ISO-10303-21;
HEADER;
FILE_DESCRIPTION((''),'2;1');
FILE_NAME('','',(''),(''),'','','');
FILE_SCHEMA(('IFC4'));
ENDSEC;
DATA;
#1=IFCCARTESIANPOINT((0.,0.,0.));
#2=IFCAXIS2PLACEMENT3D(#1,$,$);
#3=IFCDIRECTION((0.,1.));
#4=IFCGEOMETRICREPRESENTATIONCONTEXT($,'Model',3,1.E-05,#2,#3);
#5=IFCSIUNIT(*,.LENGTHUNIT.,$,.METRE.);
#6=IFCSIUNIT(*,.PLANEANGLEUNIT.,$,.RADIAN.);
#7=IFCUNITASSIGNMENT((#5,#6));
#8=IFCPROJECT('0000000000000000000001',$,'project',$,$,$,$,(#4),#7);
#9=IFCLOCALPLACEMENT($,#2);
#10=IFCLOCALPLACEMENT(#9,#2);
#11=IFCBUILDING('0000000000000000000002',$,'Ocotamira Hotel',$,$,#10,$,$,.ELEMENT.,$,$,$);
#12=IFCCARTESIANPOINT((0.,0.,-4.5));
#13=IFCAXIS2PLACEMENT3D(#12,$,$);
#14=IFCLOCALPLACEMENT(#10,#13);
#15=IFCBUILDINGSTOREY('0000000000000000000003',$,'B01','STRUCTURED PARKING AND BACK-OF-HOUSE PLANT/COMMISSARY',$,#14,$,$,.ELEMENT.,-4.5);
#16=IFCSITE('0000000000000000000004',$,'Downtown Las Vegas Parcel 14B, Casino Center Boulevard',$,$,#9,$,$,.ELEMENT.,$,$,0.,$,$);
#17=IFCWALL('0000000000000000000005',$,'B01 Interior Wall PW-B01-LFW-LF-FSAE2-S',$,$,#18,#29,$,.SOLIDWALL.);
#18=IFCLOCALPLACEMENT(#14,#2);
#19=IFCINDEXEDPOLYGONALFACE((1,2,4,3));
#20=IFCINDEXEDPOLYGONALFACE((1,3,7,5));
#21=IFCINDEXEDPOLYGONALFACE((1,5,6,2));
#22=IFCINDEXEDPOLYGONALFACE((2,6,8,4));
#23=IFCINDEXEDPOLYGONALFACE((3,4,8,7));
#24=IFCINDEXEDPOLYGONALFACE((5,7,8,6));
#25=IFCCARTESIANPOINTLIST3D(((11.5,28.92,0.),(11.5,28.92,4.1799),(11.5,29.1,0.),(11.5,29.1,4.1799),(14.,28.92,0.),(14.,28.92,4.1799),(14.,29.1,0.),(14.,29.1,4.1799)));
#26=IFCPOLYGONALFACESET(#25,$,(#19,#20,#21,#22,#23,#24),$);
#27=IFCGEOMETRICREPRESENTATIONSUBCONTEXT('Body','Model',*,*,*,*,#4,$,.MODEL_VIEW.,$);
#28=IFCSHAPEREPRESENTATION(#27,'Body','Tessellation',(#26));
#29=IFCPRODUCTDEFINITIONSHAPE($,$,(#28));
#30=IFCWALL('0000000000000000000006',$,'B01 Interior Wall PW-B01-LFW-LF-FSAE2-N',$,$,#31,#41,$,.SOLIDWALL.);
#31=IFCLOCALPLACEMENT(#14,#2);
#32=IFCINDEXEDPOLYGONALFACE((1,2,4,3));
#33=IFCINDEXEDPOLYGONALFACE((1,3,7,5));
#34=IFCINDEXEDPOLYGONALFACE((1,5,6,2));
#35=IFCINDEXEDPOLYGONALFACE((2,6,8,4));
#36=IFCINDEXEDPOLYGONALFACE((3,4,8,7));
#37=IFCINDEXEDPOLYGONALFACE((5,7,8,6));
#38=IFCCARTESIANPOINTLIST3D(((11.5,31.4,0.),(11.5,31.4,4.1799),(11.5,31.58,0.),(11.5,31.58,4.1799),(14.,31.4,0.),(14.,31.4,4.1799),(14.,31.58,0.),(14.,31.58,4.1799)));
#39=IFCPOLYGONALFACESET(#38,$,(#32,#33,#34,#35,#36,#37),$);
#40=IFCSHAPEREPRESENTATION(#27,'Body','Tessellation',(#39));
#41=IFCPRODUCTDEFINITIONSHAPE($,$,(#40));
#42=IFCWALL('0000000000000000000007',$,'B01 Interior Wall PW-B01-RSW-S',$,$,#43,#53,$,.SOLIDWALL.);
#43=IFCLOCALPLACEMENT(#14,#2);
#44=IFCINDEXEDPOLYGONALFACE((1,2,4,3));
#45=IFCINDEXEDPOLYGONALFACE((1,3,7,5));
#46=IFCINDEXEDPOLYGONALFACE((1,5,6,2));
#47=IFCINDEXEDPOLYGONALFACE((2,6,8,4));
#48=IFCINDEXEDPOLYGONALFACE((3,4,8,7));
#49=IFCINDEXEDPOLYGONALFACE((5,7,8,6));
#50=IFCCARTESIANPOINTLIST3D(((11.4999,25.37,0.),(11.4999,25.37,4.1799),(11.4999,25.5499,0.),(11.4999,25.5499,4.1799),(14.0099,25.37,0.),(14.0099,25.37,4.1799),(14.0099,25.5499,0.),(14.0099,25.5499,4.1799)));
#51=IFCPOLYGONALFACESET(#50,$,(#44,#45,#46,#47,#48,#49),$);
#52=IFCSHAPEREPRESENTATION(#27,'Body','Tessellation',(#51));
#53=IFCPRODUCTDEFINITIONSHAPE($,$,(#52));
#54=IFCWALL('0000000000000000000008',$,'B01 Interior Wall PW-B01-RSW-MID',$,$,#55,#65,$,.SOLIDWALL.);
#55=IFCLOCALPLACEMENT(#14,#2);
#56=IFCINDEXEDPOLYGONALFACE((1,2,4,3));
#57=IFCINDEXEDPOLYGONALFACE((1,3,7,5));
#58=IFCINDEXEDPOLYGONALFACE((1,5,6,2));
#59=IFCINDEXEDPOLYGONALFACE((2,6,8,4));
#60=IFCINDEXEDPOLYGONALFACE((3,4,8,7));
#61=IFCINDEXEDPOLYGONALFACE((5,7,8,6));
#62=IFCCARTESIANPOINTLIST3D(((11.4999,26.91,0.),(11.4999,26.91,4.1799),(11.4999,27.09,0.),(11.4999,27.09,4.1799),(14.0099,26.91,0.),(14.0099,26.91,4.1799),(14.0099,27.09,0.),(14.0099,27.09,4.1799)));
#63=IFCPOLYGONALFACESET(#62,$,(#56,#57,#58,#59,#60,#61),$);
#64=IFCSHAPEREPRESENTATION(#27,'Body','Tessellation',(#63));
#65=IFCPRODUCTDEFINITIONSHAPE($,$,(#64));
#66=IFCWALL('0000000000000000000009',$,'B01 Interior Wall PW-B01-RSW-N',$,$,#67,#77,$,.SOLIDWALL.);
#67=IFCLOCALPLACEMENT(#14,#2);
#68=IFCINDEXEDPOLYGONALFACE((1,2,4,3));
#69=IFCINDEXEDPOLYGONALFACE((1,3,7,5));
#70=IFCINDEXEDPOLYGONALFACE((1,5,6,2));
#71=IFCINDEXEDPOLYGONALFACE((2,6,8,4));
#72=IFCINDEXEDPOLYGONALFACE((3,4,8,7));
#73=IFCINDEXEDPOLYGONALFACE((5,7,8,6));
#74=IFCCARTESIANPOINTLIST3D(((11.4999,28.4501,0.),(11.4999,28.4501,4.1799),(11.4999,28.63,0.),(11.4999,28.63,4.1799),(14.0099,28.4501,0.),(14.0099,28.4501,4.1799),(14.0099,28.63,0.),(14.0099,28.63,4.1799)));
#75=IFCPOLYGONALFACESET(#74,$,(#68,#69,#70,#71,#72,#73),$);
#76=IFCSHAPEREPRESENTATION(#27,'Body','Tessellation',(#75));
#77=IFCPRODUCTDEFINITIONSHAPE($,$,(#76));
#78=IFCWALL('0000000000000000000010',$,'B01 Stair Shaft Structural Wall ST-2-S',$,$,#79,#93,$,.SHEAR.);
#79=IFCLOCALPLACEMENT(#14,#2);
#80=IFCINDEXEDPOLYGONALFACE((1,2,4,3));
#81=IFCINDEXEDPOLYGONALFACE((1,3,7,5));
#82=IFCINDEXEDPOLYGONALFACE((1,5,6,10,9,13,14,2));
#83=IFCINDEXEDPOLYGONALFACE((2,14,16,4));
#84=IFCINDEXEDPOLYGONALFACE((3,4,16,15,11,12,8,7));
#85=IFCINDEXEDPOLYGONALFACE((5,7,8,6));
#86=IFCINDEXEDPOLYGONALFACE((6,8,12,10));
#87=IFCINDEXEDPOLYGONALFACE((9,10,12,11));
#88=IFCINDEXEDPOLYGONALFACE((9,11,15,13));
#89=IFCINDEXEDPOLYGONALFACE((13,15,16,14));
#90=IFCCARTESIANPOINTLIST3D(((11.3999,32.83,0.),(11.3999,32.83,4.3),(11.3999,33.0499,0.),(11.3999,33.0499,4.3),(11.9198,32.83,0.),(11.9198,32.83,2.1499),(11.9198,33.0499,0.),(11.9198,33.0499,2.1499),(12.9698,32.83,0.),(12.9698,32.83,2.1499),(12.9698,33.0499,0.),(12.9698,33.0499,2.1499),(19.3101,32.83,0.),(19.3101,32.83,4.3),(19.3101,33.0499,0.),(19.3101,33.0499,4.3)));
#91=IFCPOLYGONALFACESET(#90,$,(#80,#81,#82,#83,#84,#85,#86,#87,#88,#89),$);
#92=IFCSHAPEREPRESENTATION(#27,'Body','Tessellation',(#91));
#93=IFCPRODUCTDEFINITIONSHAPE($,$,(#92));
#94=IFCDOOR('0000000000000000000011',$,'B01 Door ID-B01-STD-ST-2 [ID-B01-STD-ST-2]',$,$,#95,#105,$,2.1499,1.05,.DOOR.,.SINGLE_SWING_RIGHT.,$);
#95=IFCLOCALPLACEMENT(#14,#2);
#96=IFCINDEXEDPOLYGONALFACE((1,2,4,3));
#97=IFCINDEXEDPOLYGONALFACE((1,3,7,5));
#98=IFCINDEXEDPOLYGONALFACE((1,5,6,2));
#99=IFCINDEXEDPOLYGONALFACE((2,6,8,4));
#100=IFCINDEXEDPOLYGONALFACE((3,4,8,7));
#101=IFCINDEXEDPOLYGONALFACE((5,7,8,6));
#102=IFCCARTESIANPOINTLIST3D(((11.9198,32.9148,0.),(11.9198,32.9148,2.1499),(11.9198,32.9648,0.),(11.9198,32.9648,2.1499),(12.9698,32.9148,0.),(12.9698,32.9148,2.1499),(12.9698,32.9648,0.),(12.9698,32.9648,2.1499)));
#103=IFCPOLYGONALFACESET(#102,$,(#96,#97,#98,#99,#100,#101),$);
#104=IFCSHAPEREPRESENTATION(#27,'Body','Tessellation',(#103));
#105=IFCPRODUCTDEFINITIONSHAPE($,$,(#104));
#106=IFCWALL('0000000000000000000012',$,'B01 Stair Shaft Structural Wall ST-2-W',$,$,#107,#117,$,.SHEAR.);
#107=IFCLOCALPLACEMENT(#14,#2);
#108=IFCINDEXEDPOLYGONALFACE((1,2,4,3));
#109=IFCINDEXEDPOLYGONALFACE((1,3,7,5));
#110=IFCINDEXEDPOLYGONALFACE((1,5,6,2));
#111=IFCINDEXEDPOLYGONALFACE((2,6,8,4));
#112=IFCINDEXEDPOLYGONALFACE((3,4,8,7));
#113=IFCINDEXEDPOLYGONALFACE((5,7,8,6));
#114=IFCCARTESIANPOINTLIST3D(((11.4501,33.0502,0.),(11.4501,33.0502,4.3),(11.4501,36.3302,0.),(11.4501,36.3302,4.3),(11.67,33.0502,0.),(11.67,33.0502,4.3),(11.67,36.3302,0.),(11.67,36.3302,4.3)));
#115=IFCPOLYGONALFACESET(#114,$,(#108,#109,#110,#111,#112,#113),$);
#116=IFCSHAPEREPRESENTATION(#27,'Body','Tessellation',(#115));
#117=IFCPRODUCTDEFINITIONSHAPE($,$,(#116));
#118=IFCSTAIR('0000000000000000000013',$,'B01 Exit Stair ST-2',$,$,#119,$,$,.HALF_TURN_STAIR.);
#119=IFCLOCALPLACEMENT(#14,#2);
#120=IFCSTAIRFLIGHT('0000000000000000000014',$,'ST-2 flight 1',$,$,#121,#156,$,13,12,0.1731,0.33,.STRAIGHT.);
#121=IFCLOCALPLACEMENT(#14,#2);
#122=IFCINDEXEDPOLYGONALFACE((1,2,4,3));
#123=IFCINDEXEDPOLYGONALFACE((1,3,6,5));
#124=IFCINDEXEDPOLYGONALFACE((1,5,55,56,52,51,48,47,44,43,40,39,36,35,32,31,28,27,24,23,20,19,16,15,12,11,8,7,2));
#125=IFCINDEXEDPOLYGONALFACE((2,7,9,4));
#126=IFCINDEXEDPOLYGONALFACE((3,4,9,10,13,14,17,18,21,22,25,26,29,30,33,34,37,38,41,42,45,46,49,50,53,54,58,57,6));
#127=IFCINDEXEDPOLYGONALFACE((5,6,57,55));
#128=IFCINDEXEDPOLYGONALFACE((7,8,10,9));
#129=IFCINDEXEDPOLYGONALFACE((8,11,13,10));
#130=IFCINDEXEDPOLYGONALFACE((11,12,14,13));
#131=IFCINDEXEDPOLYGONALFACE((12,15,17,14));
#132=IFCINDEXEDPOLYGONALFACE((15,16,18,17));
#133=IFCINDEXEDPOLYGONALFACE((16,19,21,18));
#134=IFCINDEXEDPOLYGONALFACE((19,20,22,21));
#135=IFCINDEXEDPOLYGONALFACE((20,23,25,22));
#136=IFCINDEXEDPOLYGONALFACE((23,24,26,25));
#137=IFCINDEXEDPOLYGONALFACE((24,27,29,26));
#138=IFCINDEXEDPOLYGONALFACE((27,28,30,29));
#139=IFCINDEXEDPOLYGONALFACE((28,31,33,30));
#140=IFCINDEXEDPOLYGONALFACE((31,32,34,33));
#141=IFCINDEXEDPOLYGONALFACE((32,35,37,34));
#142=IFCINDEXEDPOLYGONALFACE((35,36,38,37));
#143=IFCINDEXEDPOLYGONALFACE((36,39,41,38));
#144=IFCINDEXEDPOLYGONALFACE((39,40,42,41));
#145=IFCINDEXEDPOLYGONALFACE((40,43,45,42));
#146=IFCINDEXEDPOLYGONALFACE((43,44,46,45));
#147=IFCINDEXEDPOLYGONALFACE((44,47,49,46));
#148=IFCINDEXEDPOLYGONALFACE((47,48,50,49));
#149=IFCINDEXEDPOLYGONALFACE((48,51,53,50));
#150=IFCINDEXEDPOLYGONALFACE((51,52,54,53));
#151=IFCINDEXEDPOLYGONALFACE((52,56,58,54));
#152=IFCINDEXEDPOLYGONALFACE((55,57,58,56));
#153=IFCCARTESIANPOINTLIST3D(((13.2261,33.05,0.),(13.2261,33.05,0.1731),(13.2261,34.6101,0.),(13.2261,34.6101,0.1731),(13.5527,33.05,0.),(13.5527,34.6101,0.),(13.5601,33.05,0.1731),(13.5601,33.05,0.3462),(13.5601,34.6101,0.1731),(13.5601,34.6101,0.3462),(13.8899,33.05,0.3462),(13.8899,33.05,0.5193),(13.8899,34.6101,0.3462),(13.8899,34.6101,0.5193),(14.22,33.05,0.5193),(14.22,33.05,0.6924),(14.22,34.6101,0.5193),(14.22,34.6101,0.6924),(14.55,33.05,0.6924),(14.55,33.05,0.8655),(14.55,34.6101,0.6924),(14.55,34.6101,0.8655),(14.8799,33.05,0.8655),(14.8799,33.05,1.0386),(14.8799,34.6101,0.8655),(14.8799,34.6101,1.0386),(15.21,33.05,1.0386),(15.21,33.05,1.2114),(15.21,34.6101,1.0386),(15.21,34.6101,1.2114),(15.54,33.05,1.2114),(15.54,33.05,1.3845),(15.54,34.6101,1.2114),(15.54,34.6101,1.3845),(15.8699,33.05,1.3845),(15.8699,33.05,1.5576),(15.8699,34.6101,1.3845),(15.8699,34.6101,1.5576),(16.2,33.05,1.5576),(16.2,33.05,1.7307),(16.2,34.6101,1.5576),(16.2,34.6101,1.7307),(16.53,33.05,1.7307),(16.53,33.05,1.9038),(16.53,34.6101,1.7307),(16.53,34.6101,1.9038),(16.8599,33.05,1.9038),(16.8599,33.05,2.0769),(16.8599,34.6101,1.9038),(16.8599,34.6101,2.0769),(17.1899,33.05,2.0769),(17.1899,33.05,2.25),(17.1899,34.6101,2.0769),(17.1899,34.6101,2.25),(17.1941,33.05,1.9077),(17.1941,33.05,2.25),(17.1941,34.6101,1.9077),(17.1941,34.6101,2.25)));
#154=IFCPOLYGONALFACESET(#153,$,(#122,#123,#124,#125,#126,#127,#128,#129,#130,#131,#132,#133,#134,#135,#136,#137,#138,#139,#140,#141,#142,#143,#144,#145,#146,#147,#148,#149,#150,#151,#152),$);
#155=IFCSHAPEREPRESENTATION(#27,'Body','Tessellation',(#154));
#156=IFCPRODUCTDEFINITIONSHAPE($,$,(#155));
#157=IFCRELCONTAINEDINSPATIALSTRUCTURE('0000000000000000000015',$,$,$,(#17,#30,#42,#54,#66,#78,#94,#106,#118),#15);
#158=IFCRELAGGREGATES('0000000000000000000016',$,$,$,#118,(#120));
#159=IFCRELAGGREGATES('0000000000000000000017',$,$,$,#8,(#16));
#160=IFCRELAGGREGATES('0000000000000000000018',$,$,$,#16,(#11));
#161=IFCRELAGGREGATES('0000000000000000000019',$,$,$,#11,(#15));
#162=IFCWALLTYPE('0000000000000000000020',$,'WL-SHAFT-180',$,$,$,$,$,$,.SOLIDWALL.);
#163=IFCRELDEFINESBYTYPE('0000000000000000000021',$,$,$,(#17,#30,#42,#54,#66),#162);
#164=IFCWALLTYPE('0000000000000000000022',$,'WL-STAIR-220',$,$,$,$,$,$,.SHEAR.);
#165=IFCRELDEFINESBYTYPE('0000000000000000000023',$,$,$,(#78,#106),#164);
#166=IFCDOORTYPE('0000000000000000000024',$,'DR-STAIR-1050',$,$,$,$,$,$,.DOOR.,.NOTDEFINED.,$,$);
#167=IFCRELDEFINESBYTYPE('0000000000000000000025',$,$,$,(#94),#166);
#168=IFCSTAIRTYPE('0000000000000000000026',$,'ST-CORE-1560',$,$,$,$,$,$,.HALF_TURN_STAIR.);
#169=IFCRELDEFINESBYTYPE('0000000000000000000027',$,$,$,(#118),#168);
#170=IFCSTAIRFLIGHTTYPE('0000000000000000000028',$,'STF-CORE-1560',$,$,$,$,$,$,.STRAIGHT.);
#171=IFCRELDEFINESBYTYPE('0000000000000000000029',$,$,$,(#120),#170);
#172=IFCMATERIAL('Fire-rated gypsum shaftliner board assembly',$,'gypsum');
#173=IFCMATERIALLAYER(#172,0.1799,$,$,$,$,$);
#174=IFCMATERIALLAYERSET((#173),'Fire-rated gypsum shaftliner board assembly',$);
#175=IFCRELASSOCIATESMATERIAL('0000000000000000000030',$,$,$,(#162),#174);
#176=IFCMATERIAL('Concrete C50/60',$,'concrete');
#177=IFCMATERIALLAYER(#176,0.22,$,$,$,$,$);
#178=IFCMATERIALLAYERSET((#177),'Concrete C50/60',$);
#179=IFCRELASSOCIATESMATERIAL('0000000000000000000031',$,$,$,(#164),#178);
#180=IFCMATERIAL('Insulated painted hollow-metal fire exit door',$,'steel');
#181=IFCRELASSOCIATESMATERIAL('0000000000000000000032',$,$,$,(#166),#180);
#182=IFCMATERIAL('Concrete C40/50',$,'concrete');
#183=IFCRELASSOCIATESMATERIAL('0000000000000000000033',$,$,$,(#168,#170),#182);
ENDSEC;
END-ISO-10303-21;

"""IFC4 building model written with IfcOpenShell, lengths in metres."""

from ifc_helpers import new_model, si_unit, direction, frame, frame_2d, origin, place, context, subcontext, project, spatial, polyline, rectangle, outline, extrude, source, transform, mapped, material, layer, layer_set, type_object, element, fill, aggregate, save


model = new_model("IFC4")

# Units and contexts
model_context = context("Model", 3, precision=1e-05, world=origin(), true_north=direction((0.0, 1.0)))
body_context = subcontext(model_context, "Body", "Model", "MODEL_VIEW")
ifc_project = project(units=[si_unit("LENGTHUNIT", "METRE"), si_unit("PLANEANGLEUNIT", "RADIAN")], contexts=[model_context])

# Site, building, storey
site_placement = place(None, origin())
site = spatial("IfcSite", under=ifc_project, at=site_placement, Name="Downtown Las Vegas Parcel 14B, Casino Center Boulevard", CompositionType="ELEMENT", RefElevation=0.0)
building_placement = place(site_placement, origin())
building = spatial("IfcBuilding", under=site, at=building_placement, Name="Ocotamira Hotel", CompositionType="ELEMENT")
storey_placement = place(building_placement, frame((0.0, 0.0, -4.5)))
storey = spatial("IfcBuildingStorey", under=building, at=storey_placement, Name="B01", Description="STRUCTURED PARKING AND BACK-OF-HOUSE PLANT/COMMISSARY", CompositionType="ELEMENT", Elevation=-4.5)

# Walls
ifc_material_1 = material(Name="Fire-rated gypsum shaftliner board assembly", Category="gypsum")
ifc_layer_1 = layer(ifc_material_1, 0.1799)
ifc_layer_set_1 = layer_set([ifc_layer_1], Name="Fire-rated gypsum shaftliner board assembly")
wall_type_1 = type_object("IfcWallType", Name="WL-SHAFT-180", PredefinedType="SOLIDWALL", material=ifc_layer_set_1)
for number, where, z_axis, x_axis, name in (
    (1, (11.5, 29.01, 0.0), (0.0, 0.0, 1.0), (1.0, 0.0, 0.0), "B01 Interior Wall PW-B01-LFW-LF-FSAE2-S"),
    (2, (11.5, 31.49, 0.0), (0.0, 0.0, 1.0), (1.0, 0.0, 0.0), "B01 Interior Wall PW-B01-LFW-LF-FSAE2-N"),
):
    element("IfcWall", number, at=place(storey_placement, frame(where, z_axis=z_axis, x_axis=x_axis)), inside=storey, type_object=wall_type_1, Name=name, PredefinedType="SOLIDWALL", context=body_context, shape_type="SweptSolid", body=[
        extrude(rectangle(XDim=2.5, YDim=0.1799, at=frame_2d((1.25, 0.0))), origin(), (0.0, 0.0, 1.0), 4.1799),
    ])
for number, where, z_axis, x_axis, name in (
    (3, (11.5, 25.46, 0.0), (0.0, 0.0, 1.0), (1.0, 0.0, 0.0), "B01 Interior Wall PW-B01-RSW-S"),
    (4, (11.5, 27.0, 0.0), (0.0, 0.0, 1.0), (1.0, 0.0, 0.0), "B01 Interior Wall PW-B01-RSW-MID"),
    (5, (11.5, 28.54, 0.0), (0.0, 0.0, 1.0), (1.0, 0.0, 0.0), "B01 Interior Wall PW-B01-RSW-N"),
):
    element("IfcWall", number, at=place(storey_placement, frame(where, z_axis=z_axis, x_axis=x_axis)), inside=storey, type_object=wall_type_1, Name=name, PredefinedType="SOLIDWALL", context=body_context, shape_type="SweptSolid", body=[
        extrude(rectangle(XDim=2.51, YDim=0.1799, at=frame_2d((1.2549, 0.0))), origin(), (0.0, 0.0, 1.0), 4.1799),
    ])

# Wall, opening, door
ifc_material_2 = material(Name="Concrete C50/60", Category="concrete")
ifc_layer_2 = layer(ifc_material_2, 0.22)
ifc_layer_set_2 = layer_set([ifc_layer_2], Name="Concrete C50/60")
wall_type_2 = type_object("IfcWallType", Name="WL-STAIR-220", PredefinedType="SHEAR", material=ifc_layer_set_2)
wall_1_placement = place(storey_placement, frame((11.3999, 32.9399, 0.0), z_axis=(0.0, 0.0, 1.0), x_axis=(1.0, 0.0, 0.0)))
wall_1 = element("IfcWall", 6, at=wall_1_placement, inside=storey, type_object=wall_type_2, Name="B01 Stair Shaft Structural Wall ST-2-S", PredefinedType="SHEAR", context=body_context, shape_type="SweptSolid", body=[
    extrude(rectangle(XDim=7.9102, YDim=0.22, at=frame_2d((3.9551, 0.0))), origin(), (0.0, 0.0, 1.0), 4.3),
])
opening_1_placement = place(wall_1_placement, frame((0.52, 0.0, 0.0)))
opening_1 = element("IfcOpeningElement", 7, at=opening_1_placement, cuts=wall_1, PredefinedType="OPENING", context=body_context, shape_type="SweptSolid", body=[
    extrude(rectangle(XDim=1.05, YDim=2.1499, at=frame_2d((0.5249, 1.075))), frame((0.0, 0.1201, 0.0), z_axis=(0.0, -1.0, 0.0), x_axis=(1.0, 0.0, 0.0)), (0.0, 0.0, 1.0), 0.24),
])
ifc_material_3 = material(Name="Insulated painted hollow-metal fire exit door", Category="steel")
door_type_1 = type_object("IfcDoorType", Name="DR-STAIR-1050", OperationType="NOTDEFINED", PredefinedType="DOOR", material=ifc_material_3)
shared_shape_1 = source(origin(), body_context, "Body", "SweptSolid", [
    extrude(rectangle(XDim=1.05, YDim=2.1499, at=frame_2d((0.5249, 1.075))), frame((0.0, 0.0249, 0.0), z_axis=(0.0, -1.0, 0.0), x_axis=(1.0, 0.0, 0.0)), (0.0, 0.0, 1.0), 0.05),
])
door_1_placement = place(opening_1_placement, origin())
door_1 = element("IfcDoor", 8, at=door_1_placement, inside=storey, type_object=door_type_1, Name="B01 Door ID-B01-STD-ST-2 [ID-B01-STD-ST-2]", OperationType="SINGLE_SWING_RIGHT", OverallHeight=2.1499, OverallWidth=1.05, PredefinedType="DOOR", context=body_context, shape_type="MappedRepresentation", body=[
    mapped(shared_shape_1, transform((0.0, 0.0, 0.0), scale=1.0)),
])
fill(opening_1, door_1)

# Wall
wall_2_placement = place(storey_placement, frame((11.5601, 33.05, 0.0), z_axis=(0.0, 0.0, 1.0), x_axis=(0.0, 1.0, 0.0)))
element("IfcWall", 9, at=wall_2_placement, inside=storey, type_object=wall_type_2, Name="B01 Stair Shaft Structural Wall ST-2-W", PredefinedType="SHEAR", context=body_context, shape_type="SweptSolid", body=[
    extrude(rectangle(XDim=3.28, YDim=0.22, at=frame_2d((1.6401, 0.0))), origin(), (0.0, 0.0, 1.0), 4.3),
])

# Stair, stair flight
ifc_material_4 = material(Name="Concrete C40/50", Category="concrete")
stair_type = type_object("IfcStairType", Name="ST-CORE-1560", PredefinedType="HALF_TURN_STAIR", material=ifc_material_4)
stair_placement = place(storey_placement, origin())
stair = element("IfcStair", 10, at=stair_placement, inside=storey, type_object=stair_type, Name="B01 Exit Stair ST-2", PredefinedType="HALF_TURN_STAIR")
stair_flight_type = type_object("IfcStairFlightType", Name="STF-CORE-1560", PredefinedType="STRAIGHT", material=ifc_material_4)
shared_shape_2 = source(origin(), body_context, "Body", "SweptSolid", [
    extrude(outline(polyline([(-0.0039, 0.0), (-0.0039, 0.1731), (0.3301, 0.1731), (0.3301, 0.3462), (0.6599, 0.3462), (0.6599, 0.5193), (0.99, 0.5193), (0.99, 0.6924), (1.3201, 0.6924), (1.3201, 0.8655), (1.6499, 0.8655), (1.6499, 1.0386), (1.98, 1.0386), (1.98, 1.2114), (2.3101, 1.2114), (2.3101, 1.3845), (2.6399, 1.3845), (2.6399, 1.5576), (2.97, 1.5576), (2.97, 1.7307), (3.3, 1.7307), (3.3, 1.9038), (3.6299, 1.9038), (3.6299, 2.0769), (3.96, 2.0769), (3.96, 2.25), (3.9641, 2.25), (3.9641, 1.9077), (0.3228, 0.0), (-0.0039, 0.0)])), frame((0.0, 0.78, 0.0), z_axis=(0.0, -1.0, 0.0), x_axis=(1.0, 0.0, 0.0)), (0.0, 0.0, 1.0), 1.5601),
])
stair_flight_placement = place(storey_placement, frame((13.23, 33.8301, 0.0), z_axis=(0.0, 0.0, 1.0), x_axis=(1.0, 0.0, 0.0)))
stair_flight = element("IfcStairFlight", 11, at=stair_flight_placement, type_object=stair_flight_type, Name="ST-2 flight 1", NumberOfRisers=13, NumberOfTreads=12, PredefinedType="STRAIGHT", RiserHeight=0.1731, TreadLength=0.33, context=body_context, shape_type="MappedRepresentation", body=[
    mapped(shared_shape_2, transform((0.0, 0.0, 0.0), scale=1.0)),
])
aggregate(stair, [stair_flight])

save(model, "model.ifc")
